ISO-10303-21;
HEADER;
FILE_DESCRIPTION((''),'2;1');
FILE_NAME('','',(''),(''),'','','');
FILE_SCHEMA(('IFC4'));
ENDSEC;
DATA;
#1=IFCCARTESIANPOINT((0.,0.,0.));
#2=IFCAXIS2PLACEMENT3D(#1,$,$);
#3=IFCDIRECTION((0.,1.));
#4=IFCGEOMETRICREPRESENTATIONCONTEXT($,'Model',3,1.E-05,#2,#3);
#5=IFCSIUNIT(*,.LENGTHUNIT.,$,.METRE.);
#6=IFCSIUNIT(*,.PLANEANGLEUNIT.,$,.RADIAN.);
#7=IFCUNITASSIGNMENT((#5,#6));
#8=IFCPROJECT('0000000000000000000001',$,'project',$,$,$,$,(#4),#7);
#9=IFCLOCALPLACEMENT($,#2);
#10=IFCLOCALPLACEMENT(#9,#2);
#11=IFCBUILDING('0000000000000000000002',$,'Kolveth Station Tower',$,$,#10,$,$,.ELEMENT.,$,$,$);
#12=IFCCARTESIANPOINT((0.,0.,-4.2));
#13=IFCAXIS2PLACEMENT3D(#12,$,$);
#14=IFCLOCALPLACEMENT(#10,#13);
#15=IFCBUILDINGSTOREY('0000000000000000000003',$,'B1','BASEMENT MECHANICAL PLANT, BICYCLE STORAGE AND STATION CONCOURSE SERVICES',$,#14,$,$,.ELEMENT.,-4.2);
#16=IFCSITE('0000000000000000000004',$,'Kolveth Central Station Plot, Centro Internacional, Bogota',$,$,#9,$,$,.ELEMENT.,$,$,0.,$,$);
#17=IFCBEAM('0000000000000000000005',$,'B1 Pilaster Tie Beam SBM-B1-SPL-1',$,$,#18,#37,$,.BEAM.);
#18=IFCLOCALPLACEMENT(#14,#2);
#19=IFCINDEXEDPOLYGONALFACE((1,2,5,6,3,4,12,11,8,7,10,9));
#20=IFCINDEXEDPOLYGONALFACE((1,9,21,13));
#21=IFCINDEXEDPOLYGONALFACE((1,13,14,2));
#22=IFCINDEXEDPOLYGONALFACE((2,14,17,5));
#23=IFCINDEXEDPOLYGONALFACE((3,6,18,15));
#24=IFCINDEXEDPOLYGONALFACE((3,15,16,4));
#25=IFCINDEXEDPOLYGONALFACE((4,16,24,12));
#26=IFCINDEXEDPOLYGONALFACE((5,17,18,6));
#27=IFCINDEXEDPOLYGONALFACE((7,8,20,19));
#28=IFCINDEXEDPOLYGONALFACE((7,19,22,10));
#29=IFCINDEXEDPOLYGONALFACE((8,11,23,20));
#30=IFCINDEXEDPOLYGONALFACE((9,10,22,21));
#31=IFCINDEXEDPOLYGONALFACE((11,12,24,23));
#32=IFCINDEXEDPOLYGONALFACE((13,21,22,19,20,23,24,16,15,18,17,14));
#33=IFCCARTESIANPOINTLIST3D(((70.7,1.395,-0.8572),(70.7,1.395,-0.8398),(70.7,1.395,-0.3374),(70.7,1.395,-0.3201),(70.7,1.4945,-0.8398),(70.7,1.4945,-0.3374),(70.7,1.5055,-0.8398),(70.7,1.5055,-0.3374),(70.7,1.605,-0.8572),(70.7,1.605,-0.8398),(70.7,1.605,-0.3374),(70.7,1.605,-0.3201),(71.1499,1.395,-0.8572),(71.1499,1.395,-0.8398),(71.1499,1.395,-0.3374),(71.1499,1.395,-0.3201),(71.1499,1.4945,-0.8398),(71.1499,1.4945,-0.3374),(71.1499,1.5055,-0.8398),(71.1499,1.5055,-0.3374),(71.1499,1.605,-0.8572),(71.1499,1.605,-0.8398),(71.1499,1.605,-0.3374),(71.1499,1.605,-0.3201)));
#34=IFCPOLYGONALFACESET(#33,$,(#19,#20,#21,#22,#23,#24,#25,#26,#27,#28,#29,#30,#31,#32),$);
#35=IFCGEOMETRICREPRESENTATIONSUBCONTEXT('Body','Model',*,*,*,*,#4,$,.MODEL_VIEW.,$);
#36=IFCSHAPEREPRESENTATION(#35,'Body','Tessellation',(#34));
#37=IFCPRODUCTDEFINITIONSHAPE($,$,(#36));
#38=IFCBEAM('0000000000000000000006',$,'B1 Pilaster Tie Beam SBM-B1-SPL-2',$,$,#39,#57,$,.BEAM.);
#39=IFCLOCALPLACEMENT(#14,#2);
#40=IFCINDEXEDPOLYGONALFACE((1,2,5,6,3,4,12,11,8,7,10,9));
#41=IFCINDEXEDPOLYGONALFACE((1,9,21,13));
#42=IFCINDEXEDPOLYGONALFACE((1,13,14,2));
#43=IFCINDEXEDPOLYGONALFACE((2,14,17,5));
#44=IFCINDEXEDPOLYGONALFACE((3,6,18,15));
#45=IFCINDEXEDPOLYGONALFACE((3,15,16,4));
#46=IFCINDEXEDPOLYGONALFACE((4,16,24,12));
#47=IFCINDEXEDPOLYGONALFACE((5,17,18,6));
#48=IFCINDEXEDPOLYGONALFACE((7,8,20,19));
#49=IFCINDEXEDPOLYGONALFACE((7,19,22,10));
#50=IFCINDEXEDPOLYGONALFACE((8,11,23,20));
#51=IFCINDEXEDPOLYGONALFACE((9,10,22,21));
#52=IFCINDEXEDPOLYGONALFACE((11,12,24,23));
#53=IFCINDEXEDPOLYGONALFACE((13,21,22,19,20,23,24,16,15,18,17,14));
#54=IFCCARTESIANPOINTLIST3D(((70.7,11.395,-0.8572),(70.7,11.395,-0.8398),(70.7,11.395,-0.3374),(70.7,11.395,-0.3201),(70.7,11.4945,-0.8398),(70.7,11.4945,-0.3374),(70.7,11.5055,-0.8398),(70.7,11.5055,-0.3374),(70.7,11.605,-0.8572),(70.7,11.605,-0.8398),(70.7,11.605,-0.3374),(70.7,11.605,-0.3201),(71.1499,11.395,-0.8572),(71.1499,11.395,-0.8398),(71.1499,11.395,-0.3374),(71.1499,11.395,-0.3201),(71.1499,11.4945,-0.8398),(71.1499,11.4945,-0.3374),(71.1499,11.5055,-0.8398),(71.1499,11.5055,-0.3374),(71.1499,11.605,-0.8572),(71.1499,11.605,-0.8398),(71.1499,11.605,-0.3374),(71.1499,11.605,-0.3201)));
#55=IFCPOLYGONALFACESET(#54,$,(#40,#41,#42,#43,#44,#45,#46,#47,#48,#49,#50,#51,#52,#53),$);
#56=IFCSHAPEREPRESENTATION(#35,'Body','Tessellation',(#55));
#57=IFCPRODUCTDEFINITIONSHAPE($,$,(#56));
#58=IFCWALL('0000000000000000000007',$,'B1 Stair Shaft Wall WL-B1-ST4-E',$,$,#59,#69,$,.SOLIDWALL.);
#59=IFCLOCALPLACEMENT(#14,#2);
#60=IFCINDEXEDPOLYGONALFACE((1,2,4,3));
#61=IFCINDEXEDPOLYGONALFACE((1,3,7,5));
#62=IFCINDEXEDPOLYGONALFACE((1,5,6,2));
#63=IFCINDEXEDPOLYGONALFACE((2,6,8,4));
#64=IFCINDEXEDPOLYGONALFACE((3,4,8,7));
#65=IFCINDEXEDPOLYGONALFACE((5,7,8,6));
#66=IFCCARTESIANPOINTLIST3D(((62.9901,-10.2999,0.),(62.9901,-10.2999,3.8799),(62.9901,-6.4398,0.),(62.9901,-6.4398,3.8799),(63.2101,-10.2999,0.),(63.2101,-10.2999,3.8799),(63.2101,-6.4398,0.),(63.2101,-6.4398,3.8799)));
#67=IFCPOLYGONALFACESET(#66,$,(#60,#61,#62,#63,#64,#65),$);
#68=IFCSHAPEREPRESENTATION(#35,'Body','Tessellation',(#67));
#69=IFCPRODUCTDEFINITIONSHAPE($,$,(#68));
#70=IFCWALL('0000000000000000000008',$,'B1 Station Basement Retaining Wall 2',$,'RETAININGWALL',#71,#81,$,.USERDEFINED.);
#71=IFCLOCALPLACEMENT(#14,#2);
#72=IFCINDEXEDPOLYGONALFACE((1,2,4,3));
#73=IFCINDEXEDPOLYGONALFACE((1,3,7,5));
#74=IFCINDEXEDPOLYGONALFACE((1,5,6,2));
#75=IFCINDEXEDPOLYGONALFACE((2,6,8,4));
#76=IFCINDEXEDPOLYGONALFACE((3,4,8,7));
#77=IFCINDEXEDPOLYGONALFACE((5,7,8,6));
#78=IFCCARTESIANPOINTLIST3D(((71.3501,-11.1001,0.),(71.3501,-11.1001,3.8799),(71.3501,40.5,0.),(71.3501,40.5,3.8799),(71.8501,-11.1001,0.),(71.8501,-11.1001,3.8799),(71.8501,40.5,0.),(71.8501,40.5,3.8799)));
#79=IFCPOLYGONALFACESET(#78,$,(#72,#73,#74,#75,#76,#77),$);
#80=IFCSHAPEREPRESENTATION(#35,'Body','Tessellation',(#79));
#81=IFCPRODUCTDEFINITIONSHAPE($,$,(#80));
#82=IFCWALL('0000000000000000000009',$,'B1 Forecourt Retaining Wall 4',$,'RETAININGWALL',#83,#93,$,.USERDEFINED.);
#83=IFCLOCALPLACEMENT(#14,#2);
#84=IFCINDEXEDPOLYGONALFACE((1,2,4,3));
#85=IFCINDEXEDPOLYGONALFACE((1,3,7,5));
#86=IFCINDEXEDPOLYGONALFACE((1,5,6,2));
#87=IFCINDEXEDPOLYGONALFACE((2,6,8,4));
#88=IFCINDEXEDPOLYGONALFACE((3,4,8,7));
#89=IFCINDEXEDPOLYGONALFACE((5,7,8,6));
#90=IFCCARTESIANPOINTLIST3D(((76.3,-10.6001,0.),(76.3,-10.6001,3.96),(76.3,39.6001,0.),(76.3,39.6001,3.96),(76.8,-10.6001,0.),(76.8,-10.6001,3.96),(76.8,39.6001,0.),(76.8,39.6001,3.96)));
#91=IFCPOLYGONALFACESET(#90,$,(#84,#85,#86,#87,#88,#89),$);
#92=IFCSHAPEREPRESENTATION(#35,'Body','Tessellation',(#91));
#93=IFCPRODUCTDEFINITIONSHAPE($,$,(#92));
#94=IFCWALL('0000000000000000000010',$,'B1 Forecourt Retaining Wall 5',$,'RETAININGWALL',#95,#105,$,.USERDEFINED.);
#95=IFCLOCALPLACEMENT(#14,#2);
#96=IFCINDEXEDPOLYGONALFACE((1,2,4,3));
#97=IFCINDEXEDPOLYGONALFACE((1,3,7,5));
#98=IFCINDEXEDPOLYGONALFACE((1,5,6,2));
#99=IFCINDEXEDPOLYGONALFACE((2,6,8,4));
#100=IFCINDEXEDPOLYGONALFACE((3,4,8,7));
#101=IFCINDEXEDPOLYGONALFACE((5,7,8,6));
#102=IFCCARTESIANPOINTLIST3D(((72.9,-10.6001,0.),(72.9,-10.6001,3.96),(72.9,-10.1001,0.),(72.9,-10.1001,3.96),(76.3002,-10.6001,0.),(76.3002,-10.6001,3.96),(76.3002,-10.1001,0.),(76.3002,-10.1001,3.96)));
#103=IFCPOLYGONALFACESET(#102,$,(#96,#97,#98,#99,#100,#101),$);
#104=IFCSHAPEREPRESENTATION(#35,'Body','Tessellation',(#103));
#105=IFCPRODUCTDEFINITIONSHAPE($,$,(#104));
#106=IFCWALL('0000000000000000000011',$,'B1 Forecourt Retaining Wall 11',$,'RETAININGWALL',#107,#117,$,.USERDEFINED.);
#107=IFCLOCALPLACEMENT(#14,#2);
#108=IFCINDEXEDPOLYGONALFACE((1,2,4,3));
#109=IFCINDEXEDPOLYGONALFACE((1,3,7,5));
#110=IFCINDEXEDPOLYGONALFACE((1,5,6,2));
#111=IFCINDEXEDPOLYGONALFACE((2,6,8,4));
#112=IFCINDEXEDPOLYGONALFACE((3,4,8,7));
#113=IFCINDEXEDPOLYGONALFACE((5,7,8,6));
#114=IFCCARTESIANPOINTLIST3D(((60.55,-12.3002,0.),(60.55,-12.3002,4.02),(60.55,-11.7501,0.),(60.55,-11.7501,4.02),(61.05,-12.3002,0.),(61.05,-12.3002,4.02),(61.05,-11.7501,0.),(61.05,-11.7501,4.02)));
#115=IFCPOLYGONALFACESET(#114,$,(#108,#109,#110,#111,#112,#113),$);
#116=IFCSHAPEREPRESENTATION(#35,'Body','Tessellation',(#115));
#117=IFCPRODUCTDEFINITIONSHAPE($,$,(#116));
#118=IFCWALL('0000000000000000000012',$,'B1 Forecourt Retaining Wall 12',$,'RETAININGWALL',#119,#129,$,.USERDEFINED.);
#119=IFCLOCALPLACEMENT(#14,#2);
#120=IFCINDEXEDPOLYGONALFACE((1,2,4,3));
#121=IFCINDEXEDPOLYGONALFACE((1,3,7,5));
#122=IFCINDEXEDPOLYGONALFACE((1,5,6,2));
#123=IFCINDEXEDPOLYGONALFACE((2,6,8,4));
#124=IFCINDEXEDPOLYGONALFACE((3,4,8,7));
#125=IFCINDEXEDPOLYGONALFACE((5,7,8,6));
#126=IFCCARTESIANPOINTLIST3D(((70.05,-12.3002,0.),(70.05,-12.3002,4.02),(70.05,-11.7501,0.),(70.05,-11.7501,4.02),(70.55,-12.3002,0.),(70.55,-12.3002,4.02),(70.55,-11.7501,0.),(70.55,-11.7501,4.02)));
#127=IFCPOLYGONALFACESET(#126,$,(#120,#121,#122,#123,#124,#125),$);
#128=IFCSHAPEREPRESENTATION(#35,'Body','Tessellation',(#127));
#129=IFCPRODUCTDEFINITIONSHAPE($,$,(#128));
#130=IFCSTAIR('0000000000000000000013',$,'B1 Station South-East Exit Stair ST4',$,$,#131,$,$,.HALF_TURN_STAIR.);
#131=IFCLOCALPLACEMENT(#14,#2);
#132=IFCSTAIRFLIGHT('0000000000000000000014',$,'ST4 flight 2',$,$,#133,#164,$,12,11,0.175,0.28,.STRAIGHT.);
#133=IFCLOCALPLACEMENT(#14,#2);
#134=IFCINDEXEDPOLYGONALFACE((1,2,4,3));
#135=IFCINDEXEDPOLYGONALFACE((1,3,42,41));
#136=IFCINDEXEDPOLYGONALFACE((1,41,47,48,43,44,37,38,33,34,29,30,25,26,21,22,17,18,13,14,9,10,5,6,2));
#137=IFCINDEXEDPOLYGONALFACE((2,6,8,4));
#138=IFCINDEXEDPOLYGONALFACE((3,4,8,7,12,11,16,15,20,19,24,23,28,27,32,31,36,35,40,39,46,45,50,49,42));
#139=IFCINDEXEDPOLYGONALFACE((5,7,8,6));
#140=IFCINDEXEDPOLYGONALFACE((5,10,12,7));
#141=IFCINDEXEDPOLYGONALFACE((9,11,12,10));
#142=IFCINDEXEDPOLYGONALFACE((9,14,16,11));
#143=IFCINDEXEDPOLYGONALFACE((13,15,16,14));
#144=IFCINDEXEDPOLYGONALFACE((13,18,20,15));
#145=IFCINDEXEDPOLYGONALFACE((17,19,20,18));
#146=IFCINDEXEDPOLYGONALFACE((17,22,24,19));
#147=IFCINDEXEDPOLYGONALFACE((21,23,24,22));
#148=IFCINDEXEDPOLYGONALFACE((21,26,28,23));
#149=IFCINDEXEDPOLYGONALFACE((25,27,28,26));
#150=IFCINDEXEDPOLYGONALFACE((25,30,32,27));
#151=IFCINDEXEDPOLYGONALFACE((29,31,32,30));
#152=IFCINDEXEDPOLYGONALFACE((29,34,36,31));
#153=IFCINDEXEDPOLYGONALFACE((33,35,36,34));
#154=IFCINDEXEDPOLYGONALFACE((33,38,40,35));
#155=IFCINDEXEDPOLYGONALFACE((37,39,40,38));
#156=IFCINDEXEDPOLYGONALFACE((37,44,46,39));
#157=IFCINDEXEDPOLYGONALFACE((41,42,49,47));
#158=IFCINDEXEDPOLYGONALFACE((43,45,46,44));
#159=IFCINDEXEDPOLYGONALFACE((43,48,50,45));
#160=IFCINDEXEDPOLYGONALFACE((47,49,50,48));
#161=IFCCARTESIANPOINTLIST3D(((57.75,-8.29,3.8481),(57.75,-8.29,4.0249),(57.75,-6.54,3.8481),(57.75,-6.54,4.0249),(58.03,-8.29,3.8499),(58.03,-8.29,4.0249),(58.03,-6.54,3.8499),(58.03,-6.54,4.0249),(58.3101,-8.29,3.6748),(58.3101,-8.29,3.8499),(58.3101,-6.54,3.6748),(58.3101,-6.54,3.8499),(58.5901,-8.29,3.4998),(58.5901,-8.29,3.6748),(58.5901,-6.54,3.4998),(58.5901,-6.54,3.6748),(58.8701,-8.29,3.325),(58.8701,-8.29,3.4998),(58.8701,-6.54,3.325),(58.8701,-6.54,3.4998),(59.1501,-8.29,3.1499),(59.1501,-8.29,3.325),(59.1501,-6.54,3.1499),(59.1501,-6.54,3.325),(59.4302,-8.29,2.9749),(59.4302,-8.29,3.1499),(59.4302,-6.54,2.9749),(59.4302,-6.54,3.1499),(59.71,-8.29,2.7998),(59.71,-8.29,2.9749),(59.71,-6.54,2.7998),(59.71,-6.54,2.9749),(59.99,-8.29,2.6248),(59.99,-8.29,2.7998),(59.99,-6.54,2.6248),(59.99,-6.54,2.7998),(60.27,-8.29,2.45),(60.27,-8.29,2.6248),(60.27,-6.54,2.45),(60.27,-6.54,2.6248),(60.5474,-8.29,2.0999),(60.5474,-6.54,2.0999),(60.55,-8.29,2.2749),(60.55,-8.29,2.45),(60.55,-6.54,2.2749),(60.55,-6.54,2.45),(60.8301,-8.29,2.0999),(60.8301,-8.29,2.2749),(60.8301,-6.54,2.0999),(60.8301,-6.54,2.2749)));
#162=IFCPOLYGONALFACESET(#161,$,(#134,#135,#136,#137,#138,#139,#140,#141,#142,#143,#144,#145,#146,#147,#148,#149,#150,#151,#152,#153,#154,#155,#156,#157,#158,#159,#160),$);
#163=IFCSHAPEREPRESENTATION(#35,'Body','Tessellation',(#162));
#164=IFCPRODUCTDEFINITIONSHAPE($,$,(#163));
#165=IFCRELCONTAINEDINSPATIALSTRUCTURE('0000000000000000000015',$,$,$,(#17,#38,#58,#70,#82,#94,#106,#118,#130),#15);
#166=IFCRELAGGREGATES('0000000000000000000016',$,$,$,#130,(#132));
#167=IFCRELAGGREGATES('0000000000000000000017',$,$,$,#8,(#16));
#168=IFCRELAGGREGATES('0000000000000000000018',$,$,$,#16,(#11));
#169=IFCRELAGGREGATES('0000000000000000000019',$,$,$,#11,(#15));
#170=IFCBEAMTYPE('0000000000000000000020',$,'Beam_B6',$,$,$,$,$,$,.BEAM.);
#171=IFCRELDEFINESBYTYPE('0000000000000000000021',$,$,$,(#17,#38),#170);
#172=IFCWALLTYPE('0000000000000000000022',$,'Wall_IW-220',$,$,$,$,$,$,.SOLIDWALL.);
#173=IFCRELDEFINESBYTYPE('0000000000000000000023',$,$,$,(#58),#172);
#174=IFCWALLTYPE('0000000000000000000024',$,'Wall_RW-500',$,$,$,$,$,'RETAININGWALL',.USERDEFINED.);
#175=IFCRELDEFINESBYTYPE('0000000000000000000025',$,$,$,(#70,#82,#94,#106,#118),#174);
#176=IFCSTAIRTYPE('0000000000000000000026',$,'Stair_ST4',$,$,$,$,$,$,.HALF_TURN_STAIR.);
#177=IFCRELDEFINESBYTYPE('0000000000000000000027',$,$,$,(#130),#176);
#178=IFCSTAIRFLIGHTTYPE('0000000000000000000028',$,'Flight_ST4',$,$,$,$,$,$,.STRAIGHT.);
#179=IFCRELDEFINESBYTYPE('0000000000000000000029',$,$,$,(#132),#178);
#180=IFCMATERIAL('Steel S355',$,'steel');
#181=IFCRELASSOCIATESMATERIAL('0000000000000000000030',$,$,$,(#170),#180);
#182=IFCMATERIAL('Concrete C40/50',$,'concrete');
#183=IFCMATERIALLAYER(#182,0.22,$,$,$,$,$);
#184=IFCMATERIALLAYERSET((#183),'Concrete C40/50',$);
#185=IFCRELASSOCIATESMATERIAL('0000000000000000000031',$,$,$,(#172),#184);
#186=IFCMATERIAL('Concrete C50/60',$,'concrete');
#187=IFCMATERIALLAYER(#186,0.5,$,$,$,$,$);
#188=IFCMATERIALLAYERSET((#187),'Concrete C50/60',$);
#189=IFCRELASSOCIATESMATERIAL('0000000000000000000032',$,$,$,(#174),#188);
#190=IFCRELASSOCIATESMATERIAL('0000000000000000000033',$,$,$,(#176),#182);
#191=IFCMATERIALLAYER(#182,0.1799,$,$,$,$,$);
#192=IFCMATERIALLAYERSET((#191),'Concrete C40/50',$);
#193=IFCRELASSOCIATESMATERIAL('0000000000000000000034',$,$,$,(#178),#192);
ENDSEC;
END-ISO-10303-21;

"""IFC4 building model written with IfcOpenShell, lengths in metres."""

from ifc_helpers import new_model, si_unit, direction, frame, frame_2d, origin, origin_2d, place, context, subcontext, project, spatial, polyline, rectangle, i_section, outline, extrude, source, transform, mapped, material, layer, layer_set, material_profile, profile_set, type_object, element, aggregate, save


model = new_model("IFC4")

# Units and contexts
model_context = context("Model", 3, precision=1e-05, world=origin(), true_north=direction((0.0, 1.0)))
body_context = subcontext(model_context, "Body", "Model", "MODEL_VIEW")
ifc_project = project(units=[si_unit("LENGTHUNIT", "METRE"), si_unit("PLANEANGLEUNIT", "RADIAN")], contexts=[model_context])

# Site, building, storey
site_placement = place(None, origin())
site = spatial("IfcSite", under=ifc_project, at=site_placement, Name="Kolveth Central Station Plot, Centro Internacional, Bogota", CompositionType="ELEMENT", RefElevation=0.0)
building_placement = place(site_placement, origin())
building = spatial("IfcBuilding", under=site, at=building_placement, Name="Kolveth Station Tower", CompositionType="ELEMENT")
storey_placement = place(building_placement, frame((0.0, 0.0, -4.2)))
storey = spatial("IfcBuildingStorey", under=building, at=storey_placement, Name="B1", Description="BASEMENT MECHANICAL PLANT, BICYCLE STORAGE AND STATION CONCOURSE SERVICES", CompositionType="ELEMENT", Elevation=-4.2)

# Shared definitions
ifc_material_1 = material(Name="Steel S355", Category="steel")

# Beams
ifc_material_profile_1 = material_profile(ifc_material_1, i_section(OverallWidth=0.21, OverallDepth=0.5371, WebThickness=0.011, FlangeThickness=0.0173, at=origin_2d()), Name="W530x101")
ifc_profile_set_1 = profile_set([ifc_material_profile_1], Name="Steel S355")
beam_type_1 = type_object("IfcBeamType", Name="Beam_B6", PredefinedType="BEAM", material=ifc_profile_set_1)
shared_shape_1 = source(origin(), body_context, "Body", "SweptSolid", [
    extrude(i_section(OverallWidth=0.21, OverallDepth=0.5371, WebThickness=0.011, FlangeThickness=0.0173, at=origin_2d()), origin(), (0.0, 0.0, 1.0), 0.45),
])
for number, where, z_axis, x_axis, name in (
    (1, (70.7, 1.5, -0.5886), (1.0, 0.0, 0.0), (0.0, 1.0, 0.0), "B1 Pilaster Tie Beam SBM-B1-SPL-1"),
    (2, (70.7, 11.5, -0.5886), (1.0, 0.0, 0.0), (0.0, 1.0, 0.0), "B1 Pilaster Tie Beam SBM-B1-SPL-2"),
):
    element("IfcBeam", number, at=place(storey_placement, frame(where, z_axis=z_axis, x_axis=x_axis)), inside=storey, type_object=beam_type_1, Name=name, PredefinedType="BEAM", context=body_context, shape_type="MappedRepresentation", body=[
        mapped(shared_shape_1, transform((0.0, 0.0, 0.0), x_axis=(1.0, 0.0, 0.0), y_axis=(0.0, 1.0, 0.0), z_axis=(0.0, 0.0, 1.0), scale=1.0)),
    ])

# Walls
ifc_material_2 = material(Name="Concrete C40/50", Category="concrete")
ifc_layer_1 = layer(ifc_material_2, 0.22)
ifc_layer_set_1 = layer_set([ifc_layer_1], Name="Concrete C40/50")
wall_type_1 = type_object("IfcWallType", Name="Wall_IW-220", PredefinedType="SOLIDWALL", material=ifc_layer_set_1)
wall_1_placement = place(storey_placement, frame((63.1001, -10.3, 0.0), z_axis=(0.0, 0.0, 1.0), x_axis=(0.0, 1.0, 0.0)))
element("IfcWall", 3, at=wall_1_placement, inside=storey, type_object=wall_type_1, Name="B1 Stair Shaft Wall WL-B1-ST4-E", PredefinedType="SOLIDWALL", context=body_context, shape_type="SweptSolid", body=[
    extrude(rectangle(XDim=3.8601, YDim=0.22, at=frame_2d((1.9302, 0.0))), origin(), (0.0, 0.0, 1.0), 3.8799),
])
ifc_material_3 = material(Name="Concrete C50/60", Category="concrete")
ifc_layer_2 = layer(ifc_material_3, 0.5)
ifc_layer_set_2 = layer_set([ifc_layer_2], Name="Concrete C50/60")
wall_type_2 = type_object("IfcWallType", Name="Wall_RW-500", ElementType="RETAININGWALL", PredefinedType="USERDEFINED", material=ifc_layer_set_2)
wall_2_placement = place(storey_placement, frame((71.6001, -11.1001, 0.0), z_axis=(0.0, 0.0, 1.0), x_axis=(0.0, 1.0, 0.0)))
element("IfcWall", 4, at=wall_2_placement, inside=storey, type_object=wall_type_2, Name="B1 Station Basement Retaining Wall 2", ObjectType="RETAININGWALL", PredefinedType="USERDEFINED", context=body_context, shape_type="SweptSolid", body=[
    extrude(rectangle(XDim=51.6001, YDim=0.5, at=frame_2d((25.8, 0.0))), origin(), (0.0, 0.0, 1.0), 3.8799),
])
wall_3_placement = place(storey_placement, frame((76.55, -10.6001, 0.0), z_axis=(0.0, 0.0, 1.0), x_axis=(0.0, 1.0, 0.0)))
element("IfcWall", 5, at=wall_3_placement, inside=storey, type_object=wall_type_2, Name="B1 Forecourt Retaining Wall 4", ObjectType="RETAININGWALL", PredefinedType="USERDEFINED", context=body_context, shape_type="SweptSolid", body=[
    extrude(rectangle(XDim=50.2002, YDim=0.5, at=frame_2d((25.1001, 0.0))), origin(), (0.0, 0.0, 1.0), 3.96),
])
wall_4_placement = place(storey_placement, frame((72.8999, -10.3501, 0.0), z_axis=(0.0, 0.0, 1.0), x_axis=(1.0, 0.0, 0.0)))
element("IfcWall", 6, at=wall_4_placement, inside=storey, type_object=wall_type_2, Name="B1 Forecourt Retaining Wall 5", ObjectType="RETAININGWALL", PredefinedType="USERDEFINED", context=body_context, shape_type="SweptSolid", body=[
    extrude(rectangle(XDim=3.4001, YDim=0.5, at=frame_2d((1.7002, 0.0))), origin(), (0.0, 0.0, 1.0), 3.96),
])
for number, where, z_axis, x_axis, name in (
    (7, (60.8, -12.3, 0.0), (0.0, 0.0, 1.0), (0.0, 1.0, 0.0), "B1 Forecourt Retaining Wall 11"),
    (8, (70.3, -12.3, 0.0), (0.0, 0.0, 1.0), (0.0, 1.0, 0.0), "B1 Forecourt Retaining Wall 12"),
):
    element("IfcWall", number, at=place(storey_placement, frame(where, z_axis=z_axis, x_axis=x_axis)), inside=storey, type_object=wall_type_2, Name=name, ObjectType="RETAININGWALL", PredefinedType="USERDEFINED", context=body_context, shape_type="SweptSolid", body=[
        extrude(rectangle(XDim=0.55, YDim=0.5, at=frame_2d((0.2749, 0.0))), origin(), (0.0, 0.0, 1.0), 4.02),
    ])

# Stair, stair flight
stair_type = type_object("IfcStairType", Name="Stair_ST4", PredefinedType="HALF_TURN_STAIR", material=ifc_material_2)
stair_placement = place(storey_placement, origin())
stair = element("IfcStair", 9, at=stair_placement, inside=storey, type_object=stair_type, Name="B1 Station South-East Exit Stair ST4", PredefinedType="HALF_TURN_STAIR")
ifc_layer_3 = layer(ifc_material_2, 0.1799)
ifc_layer_set_3 = layer_set([ifc_layer_3], Name="Concrete C40/50")
stair_flight_type = type_object("IfcStairFlightType", Name="Flight_ST4", PredefinedType="STRAIGHT", material=ifc_layer_set_3)
stair_flight_placement = place(storey_placement, frame((60.8301, -7.415, 2.0999), z_axis=(0.0, 0.0, 1.0), x_axis=(-1.0, 0.0, 0.0)))
stair_flight = element("IfcStairFlight", 10, at=stair_flight_placement, type_object=stair_flight_type, Name="ST4 flight 2", NumberOfRisers=12, NumberOfTreads=11, PredefinedType="STRAIGHT", RiserHeight=0.175, TreadLength=0.28, context=body_context, shape_type="SweptSolid", body=[
    extrude(outline(polyline([(0.0, 0.0), (0.0, 0.175), (0.28, 0.175), (0.28, 0.3501), (0.5601, 0.3501), (0.5601, 0.5249), (0.8401, 0.5249), (0.8401, 0.7), (1.1201, 0.7), (1.1201, 0.875), (1.3999, 0.875), (1.3999, 1.05), (1.6799, 1.05), (1.6799, 1.2251), (1.96, 1.2251), (1.96, 1.3999), (2.24, 1.3999), (2.24, 1.575), (2.52, 1.575), (2.52, 1.75), (2.8, 1.75), (2.8, 1.925), (3.0801, 1.925), (3.0801, 2.1001), (3.0801, 1.7483), (0.2827, 0.0), (0.0, 0.0)])), frame((0.0, 0.875, 0.0), z_axis=(0.0, -1.0, 0.0), x_axis=(1.0, 0.0, 0.0)), (0.0, 0.0, 1.0), 1.75),
])
aggregate(stair, [stair_flight])

save(model, "model.ifc")
